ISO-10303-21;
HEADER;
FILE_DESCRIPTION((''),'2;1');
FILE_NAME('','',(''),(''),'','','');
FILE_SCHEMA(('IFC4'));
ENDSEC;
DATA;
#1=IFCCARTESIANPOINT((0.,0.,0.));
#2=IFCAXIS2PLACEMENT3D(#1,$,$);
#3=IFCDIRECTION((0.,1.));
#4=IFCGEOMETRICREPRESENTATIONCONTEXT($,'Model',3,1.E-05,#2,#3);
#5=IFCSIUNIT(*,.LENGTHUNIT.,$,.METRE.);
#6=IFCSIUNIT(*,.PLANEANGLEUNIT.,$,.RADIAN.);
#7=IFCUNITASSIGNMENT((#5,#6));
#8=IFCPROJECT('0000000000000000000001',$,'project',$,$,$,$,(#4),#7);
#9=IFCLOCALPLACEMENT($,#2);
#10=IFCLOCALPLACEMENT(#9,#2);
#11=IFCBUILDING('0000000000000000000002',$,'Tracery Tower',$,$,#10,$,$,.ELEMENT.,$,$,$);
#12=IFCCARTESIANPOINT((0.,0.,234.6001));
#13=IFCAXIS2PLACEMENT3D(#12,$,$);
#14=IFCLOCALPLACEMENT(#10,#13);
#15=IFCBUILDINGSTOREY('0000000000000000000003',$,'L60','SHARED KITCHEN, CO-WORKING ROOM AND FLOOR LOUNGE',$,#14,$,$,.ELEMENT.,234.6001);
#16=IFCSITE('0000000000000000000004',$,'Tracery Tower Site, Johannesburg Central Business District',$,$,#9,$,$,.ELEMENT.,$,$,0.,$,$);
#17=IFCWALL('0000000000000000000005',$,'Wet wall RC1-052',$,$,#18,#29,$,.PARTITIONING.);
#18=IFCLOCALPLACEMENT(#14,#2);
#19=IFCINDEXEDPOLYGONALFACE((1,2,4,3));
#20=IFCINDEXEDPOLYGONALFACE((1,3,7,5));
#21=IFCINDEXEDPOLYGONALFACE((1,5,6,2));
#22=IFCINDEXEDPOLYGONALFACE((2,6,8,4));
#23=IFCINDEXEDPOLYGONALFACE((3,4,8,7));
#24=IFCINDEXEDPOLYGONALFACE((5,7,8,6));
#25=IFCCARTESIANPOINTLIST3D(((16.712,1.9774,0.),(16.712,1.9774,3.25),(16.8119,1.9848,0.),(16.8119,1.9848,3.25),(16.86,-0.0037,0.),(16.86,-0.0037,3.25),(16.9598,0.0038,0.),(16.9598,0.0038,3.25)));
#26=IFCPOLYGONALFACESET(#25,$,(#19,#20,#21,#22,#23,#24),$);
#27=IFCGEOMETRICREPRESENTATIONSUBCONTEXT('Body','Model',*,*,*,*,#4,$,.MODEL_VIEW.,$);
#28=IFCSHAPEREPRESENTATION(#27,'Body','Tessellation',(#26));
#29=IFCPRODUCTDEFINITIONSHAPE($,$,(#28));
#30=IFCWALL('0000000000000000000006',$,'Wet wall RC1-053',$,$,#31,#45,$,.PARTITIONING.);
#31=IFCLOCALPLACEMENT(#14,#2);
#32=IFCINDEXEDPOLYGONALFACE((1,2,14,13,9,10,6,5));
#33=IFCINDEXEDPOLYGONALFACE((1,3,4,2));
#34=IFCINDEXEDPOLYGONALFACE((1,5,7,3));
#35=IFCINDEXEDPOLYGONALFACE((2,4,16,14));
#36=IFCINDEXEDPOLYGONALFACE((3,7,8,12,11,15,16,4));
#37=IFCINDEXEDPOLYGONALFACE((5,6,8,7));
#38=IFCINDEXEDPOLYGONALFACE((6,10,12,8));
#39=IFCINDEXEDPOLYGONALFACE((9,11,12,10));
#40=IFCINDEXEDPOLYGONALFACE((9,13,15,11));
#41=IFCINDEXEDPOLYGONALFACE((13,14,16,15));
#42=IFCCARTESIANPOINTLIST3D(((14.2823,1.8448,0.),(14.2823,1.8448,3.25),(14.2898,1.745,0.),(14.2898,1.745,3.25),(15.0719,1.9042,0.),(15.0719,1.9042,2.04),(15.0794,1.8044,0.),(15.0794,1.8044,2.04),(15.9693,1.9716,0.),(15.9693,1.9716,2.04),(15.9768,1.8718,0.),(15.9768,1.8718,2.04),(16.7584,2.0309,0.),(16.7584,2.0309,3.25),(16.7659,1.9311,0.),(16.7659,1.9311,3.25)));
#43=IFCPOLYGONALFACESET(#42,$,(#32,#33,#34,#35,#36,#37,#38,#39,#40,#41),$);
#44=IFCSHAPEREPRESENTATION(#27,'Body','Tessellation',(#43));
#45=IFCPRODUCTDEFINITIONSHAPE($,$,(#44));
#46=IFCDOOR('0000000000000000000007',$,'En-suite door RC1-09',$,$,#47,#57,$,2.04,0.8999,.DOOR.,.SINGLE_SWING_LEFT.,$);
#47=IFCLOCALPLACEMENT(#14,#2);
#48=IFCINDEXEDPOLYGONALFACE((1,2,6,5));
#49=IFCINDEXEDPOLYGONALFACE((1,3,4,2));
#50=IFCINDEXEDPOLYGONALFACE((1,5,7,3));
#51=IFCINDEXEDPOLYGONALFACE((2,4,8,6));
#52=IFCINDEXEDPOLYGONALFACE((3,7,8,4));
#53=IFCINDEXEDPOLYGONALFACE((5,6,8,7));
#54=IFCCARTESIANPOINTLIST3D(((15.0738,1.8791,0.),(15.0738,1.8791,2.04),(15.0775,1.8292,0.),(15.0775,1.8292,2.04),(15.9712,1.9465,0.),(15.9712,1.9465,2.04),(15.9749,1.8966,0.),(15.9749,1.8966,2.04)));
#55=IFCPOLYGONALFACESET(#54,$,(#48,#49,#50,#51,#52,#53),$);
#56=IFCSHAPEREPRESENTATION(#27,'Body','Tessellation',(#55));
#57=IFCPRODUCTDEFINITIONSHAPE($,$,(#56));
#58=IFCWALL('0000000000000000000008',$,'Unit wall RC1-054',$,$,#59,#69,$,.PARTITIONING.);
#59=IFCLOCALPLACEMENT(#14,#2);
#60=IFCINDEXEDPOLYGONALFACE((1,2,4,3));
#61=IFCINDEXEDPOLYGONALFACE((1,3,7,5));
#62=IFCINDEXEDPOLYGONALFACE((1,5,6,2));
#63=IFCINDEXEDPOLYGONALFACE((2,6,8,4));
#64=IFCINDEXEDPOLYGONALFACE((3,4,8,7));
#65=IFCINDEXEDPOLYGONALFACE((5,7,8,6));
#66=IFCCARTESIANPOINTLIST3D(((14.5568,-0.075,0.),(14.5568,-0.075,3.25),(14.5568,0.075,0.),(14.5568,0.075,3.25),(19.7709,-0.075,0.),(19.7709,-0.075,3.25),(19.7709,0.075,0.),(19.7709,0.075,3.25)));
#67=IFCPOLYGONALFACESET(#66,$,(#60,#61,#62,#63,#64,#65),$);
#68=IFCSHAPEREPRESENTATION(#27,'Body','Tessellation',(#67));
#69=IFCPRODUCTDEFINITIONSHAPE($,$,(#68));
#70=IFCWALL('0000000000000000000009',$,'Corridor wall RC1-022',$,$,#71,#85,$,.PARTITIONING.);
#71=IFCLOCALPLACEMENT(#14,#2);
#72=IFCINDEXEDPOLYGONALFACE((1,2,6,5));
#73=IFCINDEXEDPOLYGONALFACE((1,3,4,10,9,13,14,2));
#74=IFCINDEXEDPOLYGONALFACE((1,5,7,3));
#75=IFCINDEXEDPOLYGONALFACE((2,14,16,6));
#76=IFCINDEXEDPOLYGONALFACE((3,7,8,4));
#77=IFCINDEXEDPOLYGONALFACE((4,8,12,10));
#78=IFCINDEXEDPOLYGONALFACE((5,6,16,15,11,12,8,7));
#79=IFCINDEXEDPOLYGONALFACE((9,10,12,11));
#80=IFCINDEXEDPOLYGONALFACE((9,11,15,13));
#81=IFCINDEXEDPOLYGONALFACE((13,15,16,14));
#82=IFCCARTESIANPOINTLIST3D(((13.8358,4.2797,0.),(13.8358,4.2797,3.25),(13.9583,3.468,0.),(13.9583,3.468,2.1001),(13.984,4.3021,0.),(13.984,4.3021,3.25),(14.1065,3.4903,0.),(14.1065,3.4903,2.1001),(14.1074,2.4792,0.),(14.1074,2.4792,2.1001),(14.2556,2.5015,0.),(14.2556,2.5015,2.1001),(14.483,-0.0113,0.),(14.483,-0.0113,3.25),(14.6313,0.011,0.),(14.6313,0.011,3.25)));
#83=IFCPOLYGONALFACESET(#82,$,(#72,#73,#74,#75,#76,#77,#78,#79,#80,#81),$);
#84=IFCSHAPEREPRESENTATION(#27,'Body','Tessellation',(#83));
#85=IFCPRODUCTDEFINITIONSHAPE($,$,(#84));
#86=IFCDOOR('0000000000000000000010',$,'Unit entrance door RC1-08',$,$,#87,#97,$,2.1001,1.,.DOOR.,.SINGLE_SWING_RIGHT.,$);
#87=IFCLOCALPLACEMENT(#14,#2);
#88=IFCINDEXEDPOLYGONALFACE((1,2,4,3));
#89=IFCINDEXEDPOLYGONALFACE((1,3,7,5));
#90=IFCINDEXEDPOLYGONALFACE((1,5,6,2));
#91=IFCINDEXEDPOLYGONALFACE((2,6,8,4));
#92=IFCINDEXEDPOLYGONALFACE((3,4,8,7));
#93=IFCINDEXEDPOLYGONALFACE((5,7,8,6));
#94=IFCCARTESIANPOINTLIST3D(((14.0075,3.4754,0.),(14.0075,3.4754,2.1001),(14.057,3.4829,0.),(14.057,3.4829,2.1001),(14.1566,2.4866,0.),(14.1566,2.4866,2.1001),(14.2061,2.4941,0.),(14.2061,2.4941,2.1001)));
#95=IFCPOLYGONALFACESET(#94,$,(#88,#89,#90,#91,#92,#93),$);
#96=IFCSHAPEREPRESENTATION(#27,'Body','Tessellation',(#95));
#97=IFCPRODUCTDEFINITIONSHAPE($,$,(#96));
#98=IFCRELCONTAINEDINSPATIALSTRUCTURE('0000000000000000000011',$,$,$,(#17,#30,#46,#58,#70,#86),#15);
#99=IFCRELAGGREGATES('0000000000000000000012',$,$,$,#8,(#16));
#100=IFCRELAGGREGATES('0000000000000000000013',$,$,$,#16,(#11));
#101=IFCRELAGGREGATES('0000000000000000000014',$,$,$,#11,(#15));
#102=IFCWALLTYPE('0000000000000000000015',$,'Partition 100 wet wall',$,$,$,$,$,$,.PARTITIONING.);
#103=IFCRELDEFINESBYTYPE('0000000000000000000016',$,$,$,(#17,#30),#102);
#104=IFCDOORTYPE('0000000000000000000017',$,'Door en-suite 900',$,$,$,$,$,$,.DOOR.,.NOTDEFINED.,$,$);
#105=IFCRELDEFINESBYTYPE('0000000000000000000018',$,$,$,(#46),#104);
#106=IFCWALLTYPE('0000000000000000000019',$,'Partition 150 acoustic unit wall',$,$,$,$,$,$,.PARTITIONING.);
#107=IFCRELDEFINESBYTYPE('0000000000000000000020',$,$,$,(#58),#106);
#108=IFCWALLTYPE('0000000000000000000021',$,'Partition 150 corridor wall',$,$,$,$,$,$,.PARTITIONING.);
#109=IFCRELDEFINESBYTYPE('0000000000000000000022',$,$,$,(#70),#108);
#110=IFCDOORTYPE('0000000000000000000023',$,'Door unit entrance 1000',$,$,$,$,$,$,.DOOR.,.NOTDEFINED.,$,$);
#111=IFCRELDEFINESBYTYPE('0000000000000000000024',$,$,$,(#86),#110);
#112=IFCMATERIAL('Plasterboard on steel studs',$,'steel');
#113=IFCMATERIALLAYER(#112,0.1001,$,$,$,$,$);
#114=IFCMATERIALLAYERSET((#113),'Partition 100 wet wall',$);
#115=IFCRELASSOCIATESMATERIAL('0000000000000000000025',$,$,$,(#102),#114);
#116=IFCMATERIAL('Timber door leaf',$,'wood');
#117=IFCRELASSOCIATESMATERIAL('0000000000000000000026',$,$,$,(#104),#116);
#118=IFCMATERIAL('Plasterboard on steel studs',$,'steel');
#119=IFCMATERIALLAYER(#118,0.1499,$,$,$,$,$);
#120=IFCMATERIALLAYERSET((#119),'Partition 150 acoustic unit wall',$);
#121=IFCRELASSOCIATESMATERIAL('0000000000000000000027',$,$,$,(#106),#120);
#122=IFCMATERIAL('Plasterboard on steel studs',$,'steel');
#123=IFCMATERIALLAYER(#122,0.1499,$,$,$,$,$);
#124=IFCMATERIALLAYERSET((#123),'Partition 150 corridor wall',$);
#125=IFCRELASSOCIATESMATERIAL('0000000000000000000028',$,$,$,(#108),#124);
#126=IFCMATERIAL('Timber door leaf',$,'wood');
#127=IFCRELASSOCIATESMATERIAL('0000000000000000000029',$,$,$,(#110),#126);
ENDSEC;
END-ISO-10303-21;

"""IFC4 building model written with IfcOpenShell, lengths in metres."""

from ifc_helpers import new_model, si_unit, direction, frame, frame_2d, origin, place, context, subcontext, project, spatial, rectangle, extrude, material, layer, layer_set, type_object, element, fill, save


model = new_model("IFC4")

# Units and contexts
model_context = context("Model", 3, precision=1e-05, world=origin(), true_north=direction((0.0, 1.0)))
body_context = subcontext(model_context, "Body", "Model", "MODEL_VIEW")
ifc_project = project(units=[si_unit("LENGTHUNIT", "METRE"), si_unit("PLANEANGLEUNIT", "RADIAN")], contexts=[model_context])

# Site, building, storey
site_placement = place(None, origin())
site = spatial("IfcSite", under=ifc_project, at=site_placement, Name="Tracery Tower Site, Johannesburg Central Business District", CompositionType="ELEMENT", RefElevation=0.0)
building_placement = place(site_placement, origin())
building = spatial("IfcBuilding", under=site, at=building_placement, Name="Tracery Tower", CompositionType="ELEMENT")
storey_placement = place(building_placement, frame((0.0, 0.0, 234.6001)))
storey = spatial("IfcBuildingStorey", under=building, at=storey_placement, Name="L60", Description="SHARED KITCHEN, CO-WORKING ROOM AND FLOOR LOUNGE", CompositionType="ELEMENT", Elevation=234.6001)

# Shared definitions
ifc_material_1 = material(Name="Plasterboard on steel studs", Category="steel")
ifc_layer_1 = layer(ifc_material_1, 0.1001)
ifc_layer_set_1 = layer_set([ifc_layer_1], Name="Partition 100 wet wall")
wall_type_1 = type_object("IfcWallType", Name="Partition 100 wet wall", PredefinedType="PARTITIONING", material=ifc_layer_set_1)

# Wall
wall_1_placement = place(storey_placement, frame((16.762, 1.981, 0.0), z_axis=(0.0, 0.0, 1.0), x_axis=(0.074478, -0.997223, 0.0)))
element("IfcWall", 1, at=wall_1_placement, inside=storey, type_object=wall_type_1, Name="Wet wall RC1-052", PredefinedType="PARTITIONING", context=body_context, shape_type="SweptSolid", body=[
    extrude(rectangle(XDim=1.9866, YDim=0.1001, at=frame_2d((0.9932, 0.0))), origin(), (0.0, 0.0, 1.0), 3.25),
])

# Wall, opening, door
wall_2_placement = place(storey_placement, frame((14.2859, 1.7949, 0.0), z_axis=(0.0, 0.0, 1.0), x_axis=(0.997189, 0.074922, 0.0)))
wall_2 = element("IfcWall", 2, at=wall_2_placement, inside=storey, type_object=wall_type_1, Name="Wet wall RC1-053", PredefinedType="PARTITIONING", context=body_context, shape_type="SweptSolid", body=[
    extrude(rectangle(XDim=2.4832, YDim=0.1001, at=frame_2d((1.2417, 0.0))), origin(), (0.0, 0.0, 1.0), 3.25),
])
opening_1_placement = place(wall_2_placement, frame((0.792, 0.0, 0.0)))
opening_1 = element("IfcOpeningElement", 3, at=opening_1_placement, cuts=wall_2, PredefinedType="OPENING", context=body_context, shape_type="SweptSolid", body=[
    extrude(rectangle(XDim=0.8999, YDim=2.04, at=frame_2d((0.45, 1.02))), frame((0.0, 0.05, 0.0), z_axis=(0.0, -1.0, 0.0), x_axis=(1.0, 0.0, 0.0)), (0.0, 0.0, 1.0), 0.1001),
])
ifc_material_2 = material(Name="Timber door leaf", Category="wood")
door_type_1 = type_object("IfcDoorType", Name="Door en-suite 900", OperationType="NOTDEFINED", PredefinedType="DOOR", material=ifc_material_2)
door_1_placement = place(opening_1_placement, origin())
door_1 = element("IfcDoor", 4, at=door_1_placement, inside=storey, type_object=door_type_1, Name="En-suite door RC1-09", OperationType="SINGLE_SWING_LEFT", OverallHeight=2.04, OverallWidth=0.8999, PredefinedType="DOOR", context=body_context, shape_type="SweptSolid", body=[
    extrude(rectangle(XDim=0.8999, YDim=2.04, at=frame_2d((0.45, 1.02))), frame((0.0, 0.0249, 0.0), z_axis=(0.0, -1.0, 0.0), x_axis=(1.0, 0.0, 0.0)), (0.0, 0.0, 1.0), 0.05),
])
fill(opening_1, door_1)

# Wall
ifc_material_3 = material(Name="Plasterboard on steel studs", Category="steel")
ifc_layer_2 = layer(ifc_material_3, 0.1499)
ifc_layer_set_2 = layer_set([ifc_layer_2], Name="Partition 150 acoustic unit wall")
wall_type_2 = type_object("IfcWallType", Name="Partition 150 acoustic unit wall", PredefinedType="PARTITIONING", material=ifc_layer_set_2)
wall_3_placement = place(storey_placement, frame((14.5569, 0.0, 0.0), z_axis=(0.0, 0.0, 1.0), x_axis=(1.0, 0.0, 0.0)))
element("IfcWall", 5, at=wall_3_placement, inside=storey, type_object=wall_type_2, Name="Unit wall RC1-054", PredefinedType="PARTITIONING", context=body_context, shape_type="SweptSolid", body=[
    extrude(rectangle(XDim=5.2141, YDim=0.1499, at=frame_2d((2.6069, 0.0))), origin(), (0.0, 0.0, 1.0), 3.25),
])

# Wall, opening, door
ifc_material_4 = material(Name="Plasterboard on steel studs", Category="steel")
ifc_layer_3 = layer(ifc_material_4, 0.1499)
ifc_layer_set_3 = layer_set([ifc_layer_3], Name="Partition 150 corridor wall")
wall_type_3 = type_object("IfcWallType", Name="Partition 150 corridor wall", PredefinedType="PARTITIONING", material=ifc_layer_set_3)
wall_4_placement = place(storey_placement, frame((13.9099, 4.291, 0.0), z_axis=(0.0, 0.0, 1.0), x_axis=(0.149144, -0.988816, 0.0)))
wall_4 = element("IfcWall", 6, at=wall_4_placement, inside=storey, type_object=wall_type_3, Name="Corridor wall RC1-022", PredefinedType="PARTITIONING", context=body_context, shape_type="SweptSolid", body=[
    extrude(rectangle(XDim=4.3396, YDim=0.1499, at=frame_2d((2.1699, 0.0))), origin(), (0.0, 0.0, 1.0), 3.25),
])
opening_2_placement = place(wall_4_placement, frame((0.821, 0.0, 0.0)))
opening_2 = element("IfcOpeningElement", 7, at=opening_2_placement, cuts=wall_4, PredefinedType="OPENING", context=body_context, shape_type="SweptSolid", body=[
    extrude(rectangle(XDim=1.0, YDim=2.1001, at=frame_2d((0.5, 1.05))), frame((0.0, 0.075, 0.0), z_axis=(0.0, -1.0, 0.0), x_axis=(1.0, 0.0, 0.0)), (0.0, 0.0, 1.0), 0.1499),
])
ifc_material_5 = material(Name="Timber door leaf", Category="wood")
door_type_2 = type_object("IfcDoorType", Name="Door unit entrance 1000", OperationType="NOTDEFINED", PredefinedType="DOOR", material=ifc_material_5)
door_2_placement = place(opening_2_placement, origin())
door_2 = element("IfcDoor", 8, at=door_2_placement, inside=storey, type_object=door_type_2, Name="Unit entrance door RC1-08", OperationType="SINGLE_SWING_RIGHT", OverallHeight=2.1001, OverallWidth=1.0, PredefinedType="DOOR", context=body_context, shape_type="SweptSolid", body=[
    extrude(rectangle(XDim=1.0, YDim=2.1001, at=frame_2d((0.5, 1.05))), frame((0.0, 0.0249, 0.0), z_axis=(0.0, -1.0, 0.0), x_axis=(1.0, 0.0, 0.0)), (0.0, 0.0, 1.0), 0.05),
])
fill(opening_2, door_2)

save(model, "model.ifc")
